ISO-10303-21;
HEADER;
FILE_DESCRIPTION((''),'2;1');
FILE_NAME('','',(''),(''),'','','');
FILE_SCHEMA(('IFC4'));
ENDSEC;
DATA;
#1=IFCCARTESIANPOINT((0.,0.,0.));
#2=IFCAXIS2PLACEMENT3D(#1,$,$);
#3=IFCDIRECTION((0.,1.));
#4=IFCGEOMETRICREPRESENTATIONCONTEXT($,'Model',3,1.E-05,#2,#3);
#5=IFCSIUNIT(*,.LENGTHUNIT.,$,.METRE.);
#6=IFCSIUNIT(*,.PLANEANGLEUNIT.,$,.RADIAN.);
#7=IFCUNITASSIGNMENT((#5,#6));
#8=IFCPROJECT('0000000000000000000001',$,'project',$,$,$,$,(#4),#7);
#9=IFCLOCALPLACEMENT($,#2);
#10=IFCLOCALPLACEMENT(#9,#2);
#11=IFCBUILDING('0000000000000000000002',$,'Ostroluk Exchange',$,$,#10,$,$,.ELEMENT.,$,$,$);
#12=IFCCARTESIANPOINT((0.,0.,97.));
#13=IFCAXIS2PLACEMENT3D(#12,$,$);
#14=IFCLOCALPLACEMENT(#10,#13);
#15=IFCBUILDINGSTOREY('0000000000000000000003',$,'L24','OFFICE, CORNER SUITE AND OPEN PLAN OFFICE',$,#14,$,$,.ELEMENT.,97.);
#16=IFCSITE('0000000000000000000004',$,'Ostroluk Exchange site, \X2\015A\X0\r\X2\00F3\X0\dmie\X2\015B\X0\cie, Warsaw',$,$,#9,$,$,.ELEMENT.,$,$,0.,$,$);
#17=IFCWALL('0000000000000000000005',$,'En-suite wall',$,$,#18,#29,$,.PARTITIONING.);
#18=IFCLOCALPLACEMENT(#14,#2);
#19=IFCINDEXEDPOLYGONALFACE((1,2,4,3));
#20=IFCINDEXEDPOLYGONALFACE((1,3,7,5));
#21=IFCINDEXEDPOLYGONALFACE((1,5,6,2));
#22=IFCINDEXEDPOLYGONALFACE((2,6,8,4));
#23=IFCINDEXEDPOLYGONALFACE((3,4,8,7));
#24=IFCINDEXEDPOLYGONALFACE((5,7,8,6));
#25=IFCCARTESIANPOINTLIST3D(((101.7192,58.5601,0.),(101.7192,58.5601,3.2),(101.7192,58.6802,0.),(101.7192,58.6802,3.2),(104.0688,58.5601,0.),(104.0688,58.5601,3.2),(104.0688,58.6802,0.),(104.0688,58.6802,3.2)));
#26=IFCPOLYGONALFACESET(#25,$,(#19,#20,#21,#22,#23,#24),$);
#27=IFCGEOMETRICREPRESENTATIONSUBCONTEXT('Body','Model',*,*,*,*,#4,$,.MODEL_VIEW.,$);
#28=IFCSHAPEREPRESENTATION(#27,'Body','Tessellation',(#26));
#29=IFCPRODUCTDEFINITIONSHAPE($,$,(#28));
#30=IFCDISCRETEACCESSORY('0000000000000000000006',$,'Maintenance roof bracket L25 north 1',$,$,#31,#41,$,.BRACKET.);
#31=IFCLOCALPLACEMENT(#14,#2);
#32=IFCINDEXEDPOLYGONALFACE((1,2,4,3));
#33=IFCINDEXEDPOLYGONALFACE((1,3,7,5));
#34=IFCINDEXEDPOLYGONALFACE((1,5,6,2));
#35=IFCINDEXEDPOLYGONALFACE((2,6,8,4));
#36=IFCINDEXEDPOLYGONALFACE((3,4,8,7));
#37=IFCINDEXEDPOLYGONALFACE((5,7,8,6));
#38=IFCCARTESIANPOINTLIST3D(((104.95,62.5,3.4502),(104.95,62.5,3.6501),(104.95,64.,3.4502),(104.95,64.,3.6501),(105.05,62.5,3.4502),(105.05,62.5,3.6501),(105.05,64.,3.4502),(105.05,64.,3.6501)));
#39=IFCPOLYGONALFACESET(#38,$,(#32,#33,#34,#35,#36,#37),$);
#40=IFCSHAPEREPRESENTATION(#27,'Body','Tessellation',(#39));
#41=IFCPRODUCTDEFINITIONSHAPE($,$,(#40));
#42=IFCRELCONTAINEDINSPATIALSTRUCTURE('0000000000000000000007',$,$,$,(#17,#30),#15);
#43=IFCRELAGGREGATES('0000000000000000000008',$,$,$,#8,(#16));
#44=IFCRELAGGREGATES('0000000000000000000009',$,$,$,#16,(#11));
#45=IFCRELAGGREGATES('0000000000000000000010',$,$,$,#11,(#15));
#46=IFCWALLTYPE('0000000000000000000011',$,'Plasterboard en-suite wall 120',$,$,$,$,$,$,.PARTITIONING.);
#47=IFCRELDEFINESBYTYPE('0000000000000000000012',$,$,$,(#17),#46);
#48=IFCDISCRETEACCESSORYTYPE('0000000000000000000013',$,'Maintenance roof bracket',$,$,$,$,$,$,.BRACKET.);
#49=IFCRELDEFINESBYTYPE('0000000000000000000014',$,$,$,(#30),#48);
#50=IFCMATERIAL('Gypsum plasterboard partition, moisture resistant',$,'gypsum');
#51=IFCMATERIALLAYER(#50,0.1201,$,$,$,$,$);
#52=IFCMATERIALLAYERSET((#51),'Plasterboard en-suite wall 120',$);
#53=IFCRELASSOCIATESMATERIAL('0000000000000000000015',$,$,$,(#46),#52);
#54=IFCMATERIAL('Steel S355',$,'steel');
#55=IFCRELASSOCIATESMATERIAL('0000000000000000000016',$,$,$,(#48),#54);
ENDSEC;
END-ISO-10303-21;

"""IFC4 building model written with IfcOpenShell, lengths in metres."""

from ifc_helpers import new_model, si_unit, direction, frame, frame_2d, origin, origin_2d, place, context, subcontext, project, spatial, rectangle, extrude, material, layer, layer_set, type_object, element, save


model = new_model("IFC4")

# Units and contexts
model_context = context("Model", 3, precision=1e-05, world=origin(), true_north=direction((0.0, 1.0)))
body_context = subcontext(model_context, "Body", "Model", "MODEL_VIEW")
ifc_project = project(units=[si_unit("LENGTHUNIT", "METRE"), si_unit("PLANEANGLEUNIT", "RADIAN")], contexts=[model_context])

# Site, building, storey
site_placement = place(None, origin())
site = spatial("IfcSite", under=ifc_project, at=site_placement, Name="Ostroluk Exchange site, Śródmieście, Warsaw", CompositionType="ELEMENT", RefElevation=0.0)
building_placement = place(site_placement, origin())
building = spatial("IfcBuilding", under=site, at=building_placement, Name="Ostroluk Exchange", CompositionType="ELEMENT")
storey_placement = place(building_placement, frame((0.0, 0.0, 97.0)))
storey = spatial("IfcBuildingStorey", under=building, at=storey_placement, Name="L24", Description="OFFICE, CORNER SUITE AND OPEN PLAN OFFICE", CompositionType="ELEMENT", Elevation=97.0)

# Wall
ifc_material_1 = material(Name="Gypsum plasterboard partition, moisture resistant", Category="gypsum")
ifc_layer_1 = layer(ifc_material_1, 0.1201)
ifc_layer_set_1 = layer_set([ifc_layer_1], Name="Plasterboard en-suite wall 120")
wall_type_1 = type_object("IfcWallType", Name="Plasterboard en-suite wall 120", PredefinedType="PARTITIONING", material=ifc_layer_set_1)
wall_1_placement = place(storey_placement, frame((104.0688, 58.6201, 0.0), z_axis=(0.0, 0.0, 1.0), x_axis=(-1.0, 0.0, 0.0)))
element("IfcWall", 1, at=wall_1_placement, inside=storey, type_object=wall_type_1, Name="En-suite wall", PredefinedType="PARTITIONING", context=body_context, shape_type="SweptSolid", body=[
    extrude(rectangle(XDim=2.3496, YDim=0.1201, at=frame_2d((1.1748, 0.0))), origin(), (0.0, 0.0, 1.0), 3.2),
])

# Discrete accessory
ifc_material_2 = material(Name="Steel S355", Category="steel")
discrete_accessory_type = type_object("IfcDiscreteAccessoryType", Name="Maintenance roof bracket", PredefinedType="BRACKET", material=ifc_material_2)
discrete_accessory_placement = place(storey_placement, frame((105.0, 63.25, 3.4502), z_axis=(0.0, 0.0, 1.0), x_axis=(1.0, 0.0, 0.0)))
element("IfcDiscreteAccessory", 2, at=discrete_accessory_placement, inside=storey, type_object=discrete_accessory_type, Name="Maintenance roof bracket L25 north 1", PredefinedType="BRACKET", context=body_context, shape_type="SweptSolid", body=[
    extrude(rectangle(XDim=0.1001, YDim=1.5, at=origin_2d()), origin(), (0.0, 0.0, 1.0), 0.2),
])

save(model, "model.ifc")
